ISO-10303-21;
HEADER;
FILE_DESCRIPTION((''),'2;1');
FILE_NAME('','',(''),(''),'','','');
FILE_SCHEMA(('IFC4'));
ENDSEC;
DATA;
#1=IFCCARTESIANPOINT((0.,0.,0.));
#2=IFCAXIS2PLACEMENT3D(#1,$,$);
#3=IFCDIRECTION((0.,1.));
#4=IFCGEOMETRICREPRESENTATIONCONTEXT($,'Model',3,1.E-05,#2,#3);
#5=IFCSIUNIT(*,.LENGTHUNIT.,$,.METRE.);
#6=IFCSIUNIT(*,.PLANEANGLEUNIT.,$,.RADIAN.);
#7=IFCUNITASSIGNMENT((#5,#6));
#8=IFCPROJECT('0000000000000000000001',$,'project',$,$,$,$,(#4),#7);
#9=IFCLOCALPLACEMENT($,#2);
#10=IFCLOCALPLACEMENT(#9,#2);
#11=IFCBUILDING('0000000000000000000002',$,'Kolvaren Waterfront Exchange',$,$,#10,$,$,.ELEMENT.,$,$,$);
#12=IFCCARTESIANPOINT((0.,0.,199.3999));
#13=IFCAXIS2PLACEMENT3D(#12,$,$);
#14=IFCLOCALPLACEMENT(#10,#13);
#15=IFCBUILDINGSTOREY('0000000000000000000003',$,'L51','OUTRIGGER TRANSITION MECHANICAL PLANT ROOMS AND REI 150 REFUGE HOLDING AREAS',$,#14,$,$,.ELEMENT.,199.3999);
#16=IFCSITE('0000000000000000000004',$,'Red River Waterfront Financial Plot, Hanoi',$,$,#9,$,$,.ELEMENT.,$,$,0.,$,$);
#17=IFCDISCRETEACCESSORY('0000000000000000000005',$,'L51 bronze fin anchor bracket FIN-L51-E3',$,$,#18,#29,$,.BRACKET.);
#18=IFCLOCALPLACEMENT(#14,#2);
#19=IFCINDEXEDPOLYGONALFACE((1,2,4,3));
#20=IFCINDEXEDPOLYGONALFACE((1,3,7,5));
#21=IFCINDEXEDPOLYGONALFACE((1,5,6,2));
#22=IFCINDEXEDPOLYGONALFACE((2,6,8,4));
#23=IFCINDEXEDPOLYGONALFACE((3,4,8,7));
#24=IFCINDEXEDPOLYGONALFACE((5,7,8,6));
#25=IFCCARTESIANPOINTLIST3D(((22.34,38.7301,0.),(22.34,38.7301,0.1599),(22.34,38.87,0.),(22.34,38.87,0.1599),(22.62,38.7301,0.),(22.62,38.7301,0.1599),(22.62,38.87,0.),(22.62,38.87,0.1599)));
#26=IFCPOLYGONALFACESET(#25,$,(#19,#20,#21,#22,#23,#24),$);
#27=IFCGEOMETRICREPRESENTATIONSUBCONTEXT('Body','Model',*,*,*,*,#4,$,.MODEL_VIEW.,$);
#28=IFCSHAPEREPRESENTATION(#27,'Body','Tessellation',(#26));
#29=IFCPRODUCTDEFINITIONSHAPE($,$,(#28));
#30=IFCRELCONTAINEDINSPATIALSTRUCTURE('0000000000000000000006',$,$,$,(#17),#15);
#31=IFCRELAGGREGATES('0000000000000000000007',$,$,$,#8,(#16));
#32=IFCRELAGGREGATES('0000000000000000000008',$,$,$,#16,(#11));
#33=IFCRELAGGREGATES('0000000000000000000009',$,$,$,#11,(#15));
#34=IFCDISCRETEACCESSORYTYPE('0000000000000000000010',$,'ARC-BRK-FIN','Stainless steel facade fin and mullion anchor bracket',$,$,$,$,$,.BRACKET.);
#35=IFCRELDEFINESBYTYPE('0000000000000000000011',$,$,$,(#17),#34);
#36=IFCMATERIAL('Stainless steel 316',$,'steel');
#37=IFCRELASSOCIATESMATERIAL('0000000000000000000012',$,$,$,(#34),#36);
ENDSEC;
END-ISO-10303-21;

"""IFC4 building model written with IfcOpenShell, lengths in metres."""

from ifc_helpers import new_model, si_unit, direction, frame, origin, origin_with_axes, origin_2d, place, context, subcontext, project, spatial, rectangle, extrude, source, transform, mapped, material, type_object, element, save


model = new_model("IFC4")

# Units and contexts
model_context = context("Model", 3, precision=1e-05, world=origin(), true_north=direction((0.0, 1.0)))
body_context = subcontext(model_context, "Body", "Model", "MODEL_VIEW")
ifc_project = project(units=[si_unit("LENGTHUNIT", "METRE"), si_unit("PLANEANGLEUNIT", "RADIAN")], contexts=[model_context])

# Site, building, storey
site_placement = place(None, origin())
site = spatial("IfcSite", under=ifc_project, at=site_placement, Name="Red River Waterfront Financial Plot, Hanoi", CompositionType="ELEMENT", RefElevation=0.0)
building_placement = place(site_placement, origin())
building = spatial("IfcBuilding", under=site, at=building_placement, Name="Kolvaren Waterfront Exchange", CompositionType="ELEMENT")
storey_placement = place(building_placement, frame((0.0, 0.0, 199.3999)))
storey = spatial("IfcBuildingStorey", under=building, at=storey_placement, Name="L51", Description="OUTRIGGER TRANSITION MECHANICAL PLANT ROOMS AND REI 150 REFUGE HOLDING AREAS", CompositionType="ELEMENT", Elevation=199.3999)

# Discrete accessory
ifc_material_1 = material(Name="Stainless steel 316", Category="steel")
discrete_accessory_type = type_object("IfcDiscreteAccessoryType", Name="ARC-BRK-FIN", Description="Stainless steel facade fin and mullion anchor bracket", PredefinedType="BRACKET", material=ifc_material_1)
shared_shape_1 = source(origin_with_axes(), body_context, "Body", "SweptSolid", [
    extrude(rectangle(XDim=0.28, YDim=0.1399, at=origin_2d()), origin(), (0.0, 0.0, 1.0), 0.1599),
])
discrete_accessory_placement = place(storey_placement, frame((22.48, 38.8, 0.0), z_axis=(0.0, 0.0, 1.0), x_axis=(1.0, 0.0, 0.0)))
element("IfcDiscreteAccessory", 1, at=discrete_accessory_placement, inside=storey, type_object=discrete_accessory_type, Name="L51 bronze fin anchor bracket FIN-L51-E3", PredefinedType="BRACKET", context=body_context, shape_type="MappedRepresentation", body=[
    mapped(shared_shape_1, transform((0.0, 0.0, 0.0), x_axis=(1.0, 0.0, 0.0), y_axis=(0.0, 1.0, 0.0), z_axis=(0.0, 0.0, 1.0), scale=1.0)),
])

save(model, "model.ifc")
